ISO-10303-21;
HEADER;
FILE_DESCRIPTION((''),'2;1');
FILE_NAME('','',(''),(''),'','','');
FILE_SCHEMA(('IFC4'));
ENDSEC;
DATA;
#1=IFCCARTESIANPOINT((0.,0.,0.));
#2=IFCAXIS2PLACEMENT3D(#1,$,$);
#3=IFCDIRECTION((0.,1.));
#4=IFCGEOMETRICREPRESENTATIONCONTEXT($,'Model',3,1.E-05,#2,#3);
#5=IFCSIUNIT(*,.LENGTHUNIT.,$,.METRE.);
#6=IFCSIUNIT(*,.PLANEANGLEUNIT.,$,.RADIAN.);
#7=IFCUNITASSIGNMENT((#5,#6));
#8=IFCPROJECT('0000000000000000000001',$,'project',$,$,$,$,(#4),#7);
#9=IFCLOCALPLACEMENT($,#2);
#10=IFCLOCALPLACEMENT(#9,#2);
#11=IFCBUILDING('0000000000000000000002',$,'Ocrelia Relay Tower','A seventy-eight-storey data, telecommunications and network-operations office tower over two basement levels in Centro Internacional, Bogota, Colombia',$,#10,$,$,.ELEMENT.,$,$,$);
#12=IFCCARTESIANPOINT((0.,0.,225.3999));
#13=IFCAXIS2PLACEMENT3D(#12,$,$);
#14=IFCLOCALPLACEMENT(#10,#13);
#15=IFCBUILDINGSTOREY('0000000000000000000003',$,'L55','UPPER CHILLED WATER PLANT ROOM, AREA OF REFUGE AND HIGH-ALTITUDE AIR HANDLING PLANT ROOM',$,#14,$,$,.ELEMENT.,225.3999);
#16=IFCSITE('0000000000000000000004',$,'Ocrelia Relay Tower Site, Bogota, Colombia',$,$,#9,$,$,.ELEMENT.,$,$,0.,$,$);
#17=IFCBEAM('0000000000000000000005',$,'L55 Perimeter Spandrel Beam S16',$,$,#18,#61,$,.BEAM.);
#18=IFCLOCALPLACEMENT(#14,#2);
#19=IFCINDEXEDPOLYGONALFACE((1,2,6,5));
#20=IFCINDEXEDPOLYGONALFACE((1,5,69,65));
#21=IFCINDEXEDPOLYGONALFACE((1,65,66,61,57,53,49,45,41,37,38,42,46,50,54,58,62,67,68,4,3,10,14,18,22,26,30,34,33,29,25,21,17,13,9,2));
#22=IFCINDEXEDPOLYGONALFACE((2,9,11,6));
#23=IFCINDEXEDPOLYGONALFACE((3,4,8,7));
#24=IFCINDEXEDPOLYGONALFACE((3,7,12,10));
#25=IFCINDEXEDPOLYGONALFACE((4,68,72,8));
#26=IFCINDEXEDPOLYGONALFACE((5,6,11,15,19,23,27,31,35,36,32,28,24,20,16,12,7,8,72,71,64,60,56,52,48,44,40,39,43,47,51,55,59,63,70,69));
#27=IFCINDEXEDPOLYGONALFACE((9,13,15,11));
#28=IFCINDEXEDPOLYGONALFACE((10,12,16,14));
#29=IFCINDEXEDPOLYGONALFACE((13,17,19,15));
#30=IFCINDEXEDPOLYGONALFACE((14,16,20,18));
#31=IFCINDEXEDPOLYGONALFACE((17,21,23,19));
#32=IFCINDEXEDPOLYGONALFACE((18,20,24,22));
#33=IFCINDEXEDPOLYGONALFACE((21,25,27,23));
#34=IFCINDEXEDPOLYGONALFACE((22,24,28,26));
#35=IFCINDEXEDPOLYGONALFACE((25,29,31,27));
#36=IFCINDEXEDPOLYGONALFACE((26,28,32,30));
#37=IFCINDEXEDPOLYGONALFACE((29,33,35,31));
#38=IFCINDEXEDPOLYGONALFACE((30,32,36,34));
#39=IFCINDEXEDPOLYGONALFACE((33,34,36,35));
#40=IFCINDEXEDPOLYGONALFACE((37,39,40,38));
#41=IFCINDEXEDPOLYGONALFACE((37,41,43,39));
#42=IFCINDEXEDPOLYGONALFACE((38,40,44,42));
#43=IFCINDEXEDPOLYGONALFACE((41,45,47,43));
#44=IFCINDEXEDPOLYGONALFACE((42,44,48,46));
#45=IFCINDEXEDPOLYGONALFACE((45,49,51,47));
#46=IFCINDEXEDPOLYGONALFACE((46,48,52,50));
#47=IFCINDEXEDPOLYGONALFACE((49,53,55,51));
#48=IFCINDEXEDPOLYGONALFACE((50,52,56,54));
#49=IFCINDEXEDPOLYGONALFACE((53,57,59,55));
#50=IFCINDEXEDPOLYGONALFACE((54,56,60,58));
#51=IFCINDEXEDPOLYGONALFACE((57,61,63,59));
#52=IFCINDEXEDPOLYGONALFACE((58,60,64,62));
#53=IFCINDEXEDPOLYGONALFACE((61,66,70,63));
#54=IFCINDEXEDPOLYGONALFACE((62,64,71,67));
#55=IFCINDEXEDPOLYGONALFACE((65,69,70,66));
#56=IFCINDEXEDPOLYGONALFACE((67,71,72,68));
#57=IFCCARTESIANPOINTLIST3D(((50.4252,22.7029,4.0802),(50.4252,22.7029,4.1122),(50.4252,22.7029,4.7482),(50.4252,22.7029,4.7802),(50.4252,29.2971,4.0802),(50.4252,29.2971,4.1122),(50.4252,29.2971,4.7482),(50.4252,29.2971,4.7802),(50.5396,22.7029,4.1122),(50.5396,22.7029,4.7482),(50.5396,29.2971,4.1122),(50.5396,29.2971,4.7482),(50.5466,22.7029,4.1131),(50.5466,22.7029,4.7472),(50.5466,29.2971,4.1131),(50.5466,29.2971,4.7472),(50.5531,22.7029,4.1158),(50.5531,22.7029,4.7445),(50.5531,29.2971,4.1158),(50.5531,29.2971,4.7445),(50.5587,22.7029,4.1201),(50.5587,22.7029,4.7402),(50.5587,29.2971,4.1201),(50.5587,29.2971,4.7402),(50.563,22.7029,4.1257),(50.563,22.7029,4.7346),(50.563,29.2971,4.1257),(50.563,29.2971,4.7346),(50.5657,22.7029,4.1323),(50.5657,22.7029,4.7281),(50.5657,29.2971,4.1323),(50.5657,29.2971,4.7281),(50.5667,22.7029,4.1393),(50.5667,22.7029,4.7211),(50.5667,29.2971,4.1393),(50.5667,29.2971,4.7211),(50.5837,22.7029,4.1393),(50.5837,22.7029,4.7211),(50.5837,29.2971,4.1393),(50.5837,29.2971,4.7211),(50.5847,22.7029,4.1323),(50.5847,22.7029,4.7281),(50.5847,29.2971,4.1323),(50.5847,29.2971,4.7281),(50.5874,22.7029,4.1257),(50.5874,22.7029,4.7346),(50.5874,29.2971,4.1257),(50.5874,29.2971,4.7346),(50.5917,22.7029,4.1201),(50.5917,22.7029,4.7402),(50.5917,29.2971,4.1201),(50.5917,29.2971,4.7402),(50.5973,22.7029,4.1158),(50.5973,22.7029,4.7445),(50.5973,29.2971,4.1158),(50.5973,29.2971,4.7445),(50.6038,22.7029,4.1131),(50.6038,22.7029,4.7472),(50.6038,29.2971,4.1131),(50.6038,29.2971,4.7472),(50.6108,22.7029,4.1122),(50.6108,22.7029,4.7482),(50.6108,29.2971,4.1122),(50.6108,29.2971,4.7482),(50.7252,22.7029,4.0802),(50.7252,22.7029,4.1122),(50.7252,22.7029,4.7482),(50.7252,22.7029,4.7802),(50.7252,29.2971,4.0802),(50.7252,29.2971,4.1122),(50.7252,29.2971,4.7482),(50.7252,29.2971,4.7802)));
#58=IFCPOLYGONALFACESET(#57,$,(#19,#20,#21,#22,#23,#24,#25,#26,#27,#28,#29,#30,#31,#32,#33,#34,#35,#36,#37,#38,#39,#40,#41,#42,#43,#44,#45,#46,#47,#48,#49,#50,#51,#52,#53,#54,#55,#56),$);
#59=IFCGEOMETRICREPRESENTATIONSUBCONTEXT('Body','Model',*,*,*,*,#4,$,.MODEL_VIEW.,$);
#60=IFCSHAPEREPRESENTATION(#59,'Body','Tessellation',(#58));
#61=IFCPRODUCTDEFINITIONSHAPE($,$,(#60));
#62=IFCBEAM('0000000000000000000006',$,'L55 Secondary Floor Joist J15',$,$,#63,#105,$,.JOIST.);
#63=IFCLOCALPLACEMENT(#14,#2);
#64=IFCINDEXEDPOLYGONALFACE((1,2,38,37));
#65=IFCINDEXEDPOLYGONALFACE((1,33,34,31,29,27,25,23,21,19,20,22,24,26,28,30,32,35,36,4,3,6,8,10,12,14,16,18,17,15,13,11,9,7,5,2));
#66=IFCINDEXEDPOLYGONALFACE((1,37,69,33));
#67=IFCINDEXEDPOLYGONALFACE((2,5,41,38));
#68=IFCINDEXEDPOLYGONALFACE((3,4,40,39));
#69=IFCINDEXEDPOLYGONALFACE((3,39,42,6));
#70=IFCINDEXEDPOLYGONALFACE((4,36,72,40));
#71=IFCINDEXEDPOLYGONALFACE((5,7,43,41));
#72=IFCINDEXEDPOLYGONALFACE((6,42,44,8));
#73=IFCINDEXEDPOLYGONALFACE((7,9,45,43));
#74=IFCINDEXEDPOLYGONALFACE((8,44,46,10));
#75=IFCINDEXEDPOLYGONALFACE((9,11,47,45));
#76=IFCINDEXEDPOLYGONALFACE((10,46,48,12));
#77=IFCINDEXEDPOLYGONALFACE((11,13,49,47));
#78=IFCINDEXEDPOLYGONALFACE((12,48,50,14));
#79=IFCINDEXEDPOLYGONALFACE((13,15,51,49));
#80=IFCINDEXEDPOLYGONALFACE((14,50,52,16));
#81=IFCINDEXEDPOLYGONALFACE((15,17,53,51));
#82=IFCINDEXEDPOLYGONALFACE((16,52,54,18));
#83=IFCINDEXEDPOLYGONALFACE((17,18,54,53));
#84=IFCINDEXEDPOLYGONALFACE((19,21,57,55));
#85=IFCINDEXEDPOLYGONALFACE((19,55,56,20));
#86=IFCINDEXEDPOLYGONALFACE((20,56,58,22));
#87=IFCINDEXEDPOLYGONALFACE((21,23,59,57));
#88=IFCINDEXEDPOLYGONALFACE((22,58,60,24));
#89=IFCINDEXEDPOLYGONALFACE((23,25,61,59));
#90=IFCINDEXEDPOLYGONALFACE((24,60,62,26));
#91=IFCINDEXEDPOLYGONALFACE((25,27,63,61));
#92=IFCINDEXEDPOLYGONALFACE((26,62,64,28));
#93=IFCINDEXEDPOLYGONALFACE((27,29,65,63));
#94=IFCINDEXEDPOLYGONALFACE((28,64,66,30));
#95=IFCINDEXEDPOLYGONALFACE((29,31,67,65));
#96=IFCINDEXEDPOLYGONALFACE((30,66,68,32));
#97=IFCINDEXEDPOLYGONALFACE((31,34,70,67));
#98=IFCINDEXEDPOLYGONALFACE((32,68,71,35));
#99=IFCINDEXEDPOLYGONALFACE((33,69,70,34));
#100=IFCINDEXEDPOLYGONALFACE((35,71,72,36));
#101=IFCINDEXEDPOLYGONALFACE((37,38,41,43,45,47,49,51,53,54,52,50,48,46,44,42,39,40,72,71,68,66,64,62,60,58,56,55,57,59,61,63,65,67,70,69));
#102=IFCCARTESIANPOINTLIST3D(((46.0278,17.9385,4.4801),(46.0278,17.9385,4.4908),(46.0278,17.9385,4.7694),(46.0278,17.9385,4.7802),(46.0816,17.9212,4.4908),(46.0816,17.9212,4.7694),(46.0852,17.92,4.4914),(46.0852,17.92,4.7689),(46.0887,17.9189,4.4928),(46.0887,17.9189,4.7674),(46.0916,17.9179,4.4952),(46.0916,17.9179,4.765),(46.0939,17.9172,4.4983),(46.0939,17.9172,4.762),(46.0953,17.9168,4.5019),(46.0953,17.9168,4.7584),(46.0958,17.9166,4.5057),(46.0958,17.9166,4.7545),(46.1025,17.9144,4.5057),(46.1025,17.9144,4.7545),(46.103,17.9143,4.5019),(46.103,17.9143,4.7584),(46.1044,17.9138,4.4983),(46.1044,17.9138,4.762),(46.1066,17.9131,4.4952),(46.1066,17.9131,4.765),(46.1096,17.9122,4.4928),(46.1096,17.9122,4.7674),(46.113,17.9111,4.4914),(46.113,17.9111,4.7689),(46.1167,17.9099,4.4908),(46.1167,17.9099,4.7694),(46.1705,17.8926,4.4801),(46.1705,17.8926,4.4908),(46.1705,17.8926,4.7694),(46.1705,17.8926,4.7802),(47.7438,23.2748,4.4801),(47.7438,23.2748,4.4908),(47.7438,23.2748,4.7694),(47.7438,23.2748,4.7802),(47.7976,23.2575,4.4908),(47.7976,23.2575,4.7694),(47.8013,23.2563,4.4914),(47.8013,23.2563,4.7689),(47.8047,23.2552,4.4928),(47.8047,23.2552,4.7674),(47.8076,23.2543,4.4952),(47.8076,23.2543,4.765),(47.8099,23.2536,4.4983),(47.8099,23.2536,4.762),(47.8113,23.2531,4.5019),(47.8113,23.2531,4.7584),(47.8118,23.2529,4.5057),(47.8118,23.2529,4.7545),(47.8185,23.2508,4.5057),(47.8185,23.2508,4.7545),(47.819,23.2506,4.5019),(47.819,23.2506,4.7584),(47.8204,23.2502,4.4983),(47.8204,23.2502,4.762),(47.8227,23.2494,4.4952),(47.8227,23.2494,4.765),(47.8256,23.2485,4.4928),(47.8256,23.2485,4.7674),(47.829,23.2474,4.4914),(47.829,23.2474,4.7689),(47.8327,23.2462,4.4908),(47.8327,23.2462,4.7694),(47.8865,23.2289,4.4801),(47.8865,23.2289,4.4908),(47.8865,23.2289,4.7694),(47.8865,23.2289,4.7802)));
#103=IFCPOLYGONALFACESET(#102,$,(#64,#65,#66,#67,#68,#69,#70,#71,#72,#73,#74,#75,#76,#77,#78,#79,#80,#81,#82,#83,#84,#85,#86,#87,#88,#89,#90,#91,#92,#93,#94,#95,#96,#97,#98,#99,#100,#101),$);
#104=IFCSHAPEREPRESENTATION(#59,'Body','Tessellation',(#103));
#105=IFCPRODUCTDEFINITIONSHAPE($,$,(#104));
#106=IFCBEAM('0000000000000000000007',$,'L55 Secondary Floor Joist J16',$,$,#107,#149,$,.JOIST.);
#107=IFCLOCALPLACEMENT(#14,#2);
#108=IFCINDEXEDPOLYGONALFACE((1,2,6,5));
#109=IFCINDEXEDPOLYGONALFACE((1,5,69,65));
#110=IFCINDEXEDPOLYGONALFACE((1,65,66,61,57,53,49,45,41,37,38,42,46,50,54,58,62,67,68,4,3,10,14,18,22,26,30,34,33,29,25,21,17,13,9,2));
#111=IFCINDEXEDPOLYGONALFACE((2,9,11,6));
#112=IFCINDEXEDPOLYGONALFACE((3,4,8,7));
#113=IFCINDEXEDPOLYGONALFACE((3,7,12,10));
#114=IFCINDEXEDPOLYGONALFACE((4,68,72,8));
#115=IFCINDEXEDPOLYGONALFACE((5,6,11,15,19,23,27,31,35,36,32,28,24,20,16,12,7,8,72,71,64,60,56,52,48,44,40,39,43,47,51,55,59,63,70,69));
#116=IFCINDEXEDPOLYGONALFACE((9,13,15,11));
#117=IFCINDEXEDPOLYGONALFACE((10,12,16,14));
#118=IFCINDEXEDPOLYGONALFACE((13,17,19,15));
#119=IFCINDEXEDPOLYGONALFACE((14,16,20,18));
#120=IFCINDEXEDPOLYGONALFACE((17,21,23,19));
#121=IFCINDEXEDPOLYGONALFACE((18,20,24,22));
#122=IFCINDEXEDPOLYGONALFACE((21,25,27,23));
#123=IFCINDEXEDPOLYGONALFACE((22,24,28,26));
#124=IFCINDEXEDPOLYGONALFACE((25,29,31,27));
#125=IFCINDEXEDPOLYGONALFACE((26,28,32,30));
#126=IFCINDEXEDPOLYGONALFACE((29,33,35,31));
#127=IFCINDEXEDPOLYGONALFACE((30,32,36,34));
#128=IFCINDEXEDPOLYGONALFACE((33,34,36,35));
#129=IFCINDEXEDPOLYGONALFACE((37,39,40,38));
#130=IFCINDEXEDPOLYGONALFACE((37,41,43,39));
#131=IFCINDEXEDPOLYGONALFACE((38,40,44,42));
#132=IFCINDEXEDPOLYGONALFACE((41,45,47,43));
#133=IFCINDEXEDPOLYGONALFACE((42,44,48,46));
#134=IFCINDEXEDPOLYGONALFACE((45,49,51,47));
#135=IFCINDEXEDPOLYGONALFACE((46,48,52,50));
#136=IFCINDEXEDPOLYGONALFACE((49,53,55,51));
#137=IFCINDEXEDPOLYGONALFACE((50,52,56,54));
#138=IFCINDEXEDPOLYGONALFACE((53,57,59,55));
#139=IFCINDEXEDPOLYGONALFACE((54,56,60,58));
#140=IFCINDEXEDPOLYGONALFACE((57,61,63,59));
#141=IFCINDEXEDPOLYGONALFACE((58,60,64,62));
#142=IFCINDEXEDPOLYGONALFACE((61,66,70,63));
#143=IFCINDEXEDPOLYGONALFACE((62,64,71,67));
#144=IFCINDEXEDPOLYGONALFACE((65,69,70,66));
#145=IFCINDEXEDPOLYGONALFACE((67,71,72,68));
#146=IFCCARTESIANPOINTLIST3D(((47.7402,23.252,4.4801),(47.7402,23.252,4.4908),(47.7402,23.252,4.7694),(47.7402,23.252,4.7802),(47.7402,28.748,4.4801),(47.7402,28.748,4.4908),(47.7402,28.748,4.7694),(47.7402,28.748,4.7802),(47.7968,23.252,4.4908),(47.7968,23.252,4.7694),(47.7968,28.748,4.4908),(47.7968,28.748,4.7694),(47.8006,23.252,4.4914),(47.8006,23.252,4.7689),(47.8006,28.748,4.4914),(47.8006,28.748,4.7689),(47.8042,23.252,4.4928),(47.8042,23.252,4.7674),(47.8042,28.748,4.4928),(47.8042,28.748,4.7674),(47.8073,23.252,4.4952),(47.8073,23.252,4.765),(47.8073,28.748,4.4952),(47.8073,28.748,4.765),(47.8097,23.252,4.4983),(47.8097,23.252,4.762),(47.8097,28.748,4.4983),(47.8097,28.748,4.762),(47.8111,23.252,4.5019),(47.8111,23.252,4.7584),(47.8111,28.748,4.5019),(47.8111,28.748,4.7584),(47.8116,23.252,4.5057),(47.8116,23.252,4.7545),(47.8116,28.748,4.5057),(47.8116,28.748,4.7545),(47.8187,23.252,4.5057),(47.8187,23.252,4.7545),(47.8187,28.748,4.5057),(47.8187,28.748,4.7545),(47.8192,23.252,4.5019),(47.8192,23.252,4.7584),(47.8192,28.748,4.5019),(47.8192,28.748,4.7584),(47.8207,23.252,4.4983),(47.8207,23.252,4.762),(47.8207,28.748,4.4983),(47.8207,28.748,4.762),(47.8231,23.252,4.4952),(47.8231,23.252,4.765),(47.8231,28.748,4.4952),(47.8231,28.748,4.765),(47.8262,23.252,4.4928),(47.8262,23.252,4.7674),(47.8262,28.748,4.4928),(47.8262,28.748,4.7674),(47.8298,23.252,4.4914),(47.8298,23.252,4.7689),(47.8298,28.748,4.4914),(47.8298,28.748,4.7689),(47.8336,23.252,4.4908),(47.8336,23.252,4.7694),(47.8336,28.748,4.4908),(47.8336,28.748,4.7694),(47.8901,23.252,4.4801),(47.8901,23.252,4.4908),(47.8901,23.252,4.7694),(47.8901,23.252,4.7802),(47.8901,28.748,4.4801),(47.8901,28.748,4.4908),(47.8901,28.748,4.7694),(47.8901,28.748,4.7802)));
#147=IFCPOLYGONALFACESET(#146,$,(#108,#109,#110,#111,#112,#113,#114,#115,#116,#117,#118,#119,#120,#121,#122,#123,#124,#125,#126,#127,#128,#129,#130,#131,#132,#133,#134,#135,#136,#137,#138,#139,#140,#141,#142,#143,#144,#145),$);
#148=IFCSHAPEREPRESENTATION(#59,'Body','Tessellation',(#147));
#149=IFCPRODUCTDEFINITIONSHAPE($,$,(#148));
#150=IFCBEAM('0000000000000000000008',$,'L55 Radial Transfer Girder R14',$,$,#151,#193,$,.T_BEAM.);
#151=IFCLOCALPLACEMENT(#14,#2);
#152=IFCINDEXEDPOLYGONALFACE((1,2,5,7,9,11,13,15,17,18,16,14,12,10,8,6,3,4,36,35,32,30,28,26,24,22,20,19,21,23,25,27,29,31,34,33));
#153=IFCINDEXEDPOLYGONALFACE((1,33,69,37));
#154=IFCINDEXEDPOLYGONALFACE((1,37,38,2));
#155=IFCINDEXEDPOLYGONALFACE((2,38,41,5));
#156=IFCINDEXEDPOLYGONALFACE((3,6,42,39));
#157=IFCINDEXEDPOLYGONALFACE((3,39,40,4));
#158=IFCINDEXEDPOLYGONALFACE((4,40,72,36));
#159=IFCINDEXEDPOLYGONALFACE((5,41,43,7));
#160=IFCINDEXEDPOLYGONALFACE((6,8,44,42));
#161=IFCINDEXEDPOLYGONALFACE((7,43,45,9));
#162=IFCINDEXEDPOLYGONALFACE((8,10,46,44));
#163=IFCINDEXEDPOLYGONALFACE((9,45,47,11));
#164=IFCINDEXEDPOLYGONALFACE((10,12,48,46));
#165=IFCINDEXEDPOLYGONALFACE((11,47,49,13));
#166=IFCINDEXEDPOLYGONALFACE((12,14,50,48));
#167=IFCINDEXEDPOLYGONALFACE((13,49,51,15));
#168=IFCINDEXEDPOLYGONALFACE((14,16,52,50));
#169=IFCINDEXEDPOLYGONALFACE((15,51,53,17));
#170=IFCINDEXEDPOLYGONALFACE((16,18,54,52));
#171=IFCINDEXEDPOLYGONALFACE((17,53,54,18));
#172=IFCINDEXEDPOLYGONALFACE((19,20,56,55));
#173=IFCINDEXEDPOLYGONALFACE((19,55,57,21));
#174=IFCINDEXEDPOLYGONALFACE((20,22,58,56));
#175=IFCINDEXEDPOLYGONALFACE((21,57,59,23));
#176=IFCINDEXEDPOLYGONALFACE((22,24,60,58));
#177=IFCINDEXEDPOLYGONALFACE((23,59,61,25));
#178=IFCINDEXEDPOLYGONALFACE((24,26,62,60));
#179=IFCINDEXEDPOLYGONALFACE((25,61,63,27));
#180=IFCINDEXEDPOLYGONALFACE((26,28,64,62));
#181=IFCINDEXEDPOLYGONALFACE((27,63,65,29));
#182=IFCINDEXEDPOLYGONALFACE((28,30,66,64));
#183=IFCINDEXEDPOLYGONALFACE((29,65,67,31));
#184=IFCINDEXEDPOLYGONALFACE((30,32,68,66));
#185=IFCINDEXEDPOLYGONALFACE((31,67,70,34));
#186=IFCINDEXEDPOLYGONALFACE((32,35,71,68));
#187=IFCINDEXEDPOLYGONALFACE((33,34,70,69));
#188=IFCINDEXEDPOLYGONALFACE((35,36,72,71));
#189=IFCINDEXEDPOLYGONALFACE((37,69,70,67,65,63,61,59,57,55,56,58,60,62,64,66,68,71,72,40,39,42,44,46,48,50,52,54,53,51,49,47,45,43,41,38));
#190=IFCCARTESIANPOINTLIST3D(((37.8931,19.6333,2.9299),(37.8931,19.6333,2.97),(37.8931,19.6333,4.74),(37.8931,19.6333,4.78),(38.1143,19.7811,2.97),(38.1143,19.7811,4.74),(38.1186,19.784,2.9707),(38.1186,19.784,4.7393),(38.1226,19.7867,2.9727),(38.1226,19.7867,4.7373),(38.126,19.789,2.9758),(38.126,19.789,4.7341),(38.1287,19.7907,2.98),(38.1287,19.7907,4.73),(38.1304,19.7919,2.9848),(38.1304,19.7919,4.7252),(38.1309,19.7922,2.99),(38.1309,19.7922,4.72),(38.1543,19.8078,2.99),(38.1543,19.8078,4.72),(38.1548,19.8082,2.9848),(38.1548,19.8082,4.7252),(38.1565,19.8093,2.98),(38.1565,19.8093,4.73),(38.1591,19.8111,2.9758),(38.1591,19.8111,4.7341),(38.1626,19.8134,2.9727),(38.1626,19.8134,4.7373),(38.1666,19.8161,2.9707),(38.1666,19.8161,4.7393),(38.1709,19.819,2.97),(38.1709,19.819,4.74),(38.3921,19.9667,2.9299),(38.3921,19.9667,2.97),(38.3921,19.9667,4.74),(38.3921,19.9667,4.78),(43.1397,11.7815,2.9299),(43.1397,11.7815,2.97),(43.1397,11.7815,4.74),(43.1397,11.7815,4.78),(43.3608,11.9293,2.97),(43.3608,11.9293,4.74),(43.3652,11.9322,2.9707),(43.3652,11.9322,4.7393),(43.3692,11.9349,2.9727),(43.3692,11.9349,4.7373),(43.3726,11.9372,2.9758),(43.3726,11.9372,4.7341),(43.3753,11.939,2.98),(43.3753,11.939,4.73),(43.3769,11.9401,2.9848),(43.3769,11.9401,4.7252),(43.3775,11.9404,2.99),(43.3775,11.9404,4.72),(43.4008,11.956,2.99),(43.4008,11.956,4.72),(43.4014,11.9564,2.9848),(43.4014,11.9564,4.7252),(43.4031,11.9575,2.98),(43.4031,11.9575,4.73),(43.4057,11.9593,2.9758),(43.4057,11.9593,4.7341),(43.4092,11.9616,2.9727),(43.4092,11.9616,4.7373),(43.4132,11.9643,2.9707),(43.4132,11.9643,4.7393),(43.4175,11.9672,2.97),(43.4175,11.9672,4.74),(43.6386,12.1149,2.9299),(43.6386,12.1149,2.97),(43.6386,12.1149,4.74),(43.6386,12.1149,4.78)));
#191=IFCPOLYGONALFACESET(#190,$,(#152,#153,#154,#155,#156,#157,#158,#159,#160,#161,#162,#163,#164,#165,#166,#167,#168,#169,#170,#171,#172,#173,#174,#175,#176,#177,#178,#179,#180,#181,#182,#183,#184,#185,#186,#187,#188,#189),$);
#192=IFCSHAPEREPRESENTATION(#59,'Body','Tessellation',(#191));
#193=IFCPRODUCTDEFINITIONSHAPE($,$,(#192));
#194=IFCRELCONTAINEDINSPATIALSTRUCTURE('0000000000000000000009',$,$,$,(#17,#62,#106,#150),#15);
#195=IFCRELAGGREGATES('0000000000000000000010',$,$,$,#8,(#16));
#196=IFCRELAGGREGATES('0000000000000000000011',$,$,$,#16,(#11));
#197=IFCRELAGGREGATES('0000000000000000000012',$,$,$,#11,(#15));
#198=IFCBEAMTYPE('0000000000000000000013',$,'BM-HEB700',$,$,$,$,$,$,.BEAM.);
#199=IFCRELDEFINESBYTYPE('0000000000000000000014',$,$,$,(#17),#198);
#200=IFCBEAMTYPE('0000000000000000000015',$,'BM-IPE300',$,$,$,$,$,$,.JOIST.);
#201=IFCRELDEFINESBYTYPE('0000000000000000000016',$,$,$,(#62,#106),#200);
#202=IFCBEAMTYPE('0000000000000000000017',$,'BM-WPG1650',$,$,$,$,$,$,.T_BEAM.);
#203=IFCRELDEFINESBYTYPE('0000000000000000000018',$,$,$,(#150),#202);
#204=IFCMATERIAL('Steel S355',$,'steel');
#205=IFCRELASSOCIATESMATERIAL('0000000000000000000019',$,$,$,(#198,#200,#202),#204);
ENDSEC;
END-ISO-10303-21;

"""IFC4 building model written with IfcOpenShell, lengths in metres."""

from ifc_helpers import new_model, si_unit, direction, frame, origin, origin_2d, place, context, subcontext, project, spatial, i_section, extrude, material, material_profile, profile_set, type_object, element, save


model = new_model("IFC4")

# Units and contexts
model_context = context("Model", 3, precision=1e-05, world=origin(), true_north=direction((0.0, 1.0)))
body_context = subcontext(model_context, "Body", "Model", "MODEL_VIEW")
ifc_project = project(units=[si_unit("LENGTHUNIT", "METRE"), si_unit("PLANEANGLEUNIT", "RADIAN")], contexts=[model_context])

# Site, building, storey
site_placement = place(None, origin())
site = spatial("IfcSite", under=ifc_project, at=site_placement, Name="Ocrelia Relay Tower Site, Bogota, Colombia", CompositionType="ELEMENT", RefElevation=0.0)
building_placement = place(site_placement, origin())
building = spatial("IfcBuilding", under=site, at=building_placement, Name="Ocrelia Relay Tower", Description="A seventy-eight-storey data, telecommunications and network-operations office tower over two basement levels in Centro Internacional, Bogota, Colombia", CompositionType="ELEMENT")
storey_placement = place(building_placement, frame((0.0, 0.0, 225.3999)))
storey = spatial("IfcBuildingStorey", under=building, at=storey_placement, Name="L55", Description="UPPER CHILLED WATER PLANT ROOM, AREA OF REFUGE AND HIGH-ALTITUDE AIR HANDLING PLANT ROOM", CompositionType="ELEMENT", Elevation=225.3999)

# Beams
ifc_material_1 = material(Name="Steel S355", Category="steel")
ifc_material_profile_1 = material_profile(ifc_material_1, i_section(OverallWidth=0.3, OverallDepth=0.7, WebThickness=0.0171, FlangeThickness=0.032, FilletRadius=0.0271, at=origin_2d()), Name="HEB 700")
ifc_profile_set_1 = profile_set([ifc_material_profile_1], Name="Steel S355")
beam_type_1 = type_object("IfcBeamType", Name="BM-HEB700", PredefinedType="BEAM", material=ifc_profile_set_1)
beam_1_placement = place(storey_placement, frame((50.5752, 22.7029, 4.4302), z_axis=(0.0, 1.0, 0.0), x_axis=(-1.0, 0.0, 0.0)))
element("IfcBeam", 1, at=beam_1_placement, inside=storey, type_object=beam_type_1, Name="L55 Perimeter Spandrel Beam S16", PredefinedType="BEAM", context=body_context, shape_type="SweptSolid", body=[
    extrude(i_section(OverallWidth=0.3, OverallDepth=0.7, WebThickness=0.0171, FlangeThickness=0.032, FilletRadius=0.0271, at=origin_2d()), origin(), (0.0, 0.0, 1.0), 6.5942),
])
ifc_material_profile_2 = material_profile(ifc_material_1, i_section(OverallWidth=0.1499, OverallDepth=0.3, WebThickness=0.0071, FlangeThickness=0.0107, FilletRadius=0.0149, at=origin_2d()), Name="IPE 300")
ifc_profile_set_2 = profile_set([ifc_material_profile_2], Name="Steel S355")
beam_type_2 = type_object("IfcBeamType", Name="BM-IPE300", PredefinedType="JOIST", material=ifc_profile_set_2)
beam_2_placement = place(storey_placement, frame((46.0991, 17.9155, 4.6301), z_axis=(0.306136, 0.951988, 0.0), x_axis=(-0.951988, 0.306136, 0.0)))
element("IfcBeam", 2, at=beam_2_placement, inside=storey, type_object=beam_type_2, Name="L55 Secondary Floor Joist J15", PredefinedType="JOIST", context=body_context, shape_type="SweptSolid", body=[
    extrude(i_section(OverallWidth=0.1499, OverallDepth=0.3, WebThickness=0.0071, FlangeThickness=0.0107, FilletRadius=0.0149, at=origin_2d()), origin(), (0.0, 0.0, 1.0), 5.6055),
])
beam_3_placement = place(storey_placement, frame((47.8152, 23.252, 4.6301), z_axis=(0.0, 1.0, 0.0), x_axis=(-1.0, 0.0, 0.0)))
element("IfcBeam", 3, at=beam_3_placement, inside=storey, type_object=beam_type_2, Name="L55 Secondary Floor Joist J16", PredefinedType="JOIST", context=body_context, shape_type="SweptSolid", body=[
    extrude(i_section(OverallWidth=0.1499, OverallDepth=0.3, WebThickness=0.0071, FlangeThickness=0.0107, FilletRadius=0.0149, at=origin_2d()), origin(), (0.0, 0.0, 1.0), 5.4961),
])
ifc_material_profile_3 = material_profile(ifc_material_1, i_section(OverallWidth=0.6001, OverallDepth=1.8501, WebThickness=0.0281, FlangeThickness=0.04, FilletRadius=0.02, at=origin_2d()), Name="WPG 1850x600")
ifc_profile_set_3 = profile_set([ifc_material_profile_3], Name="Steel S355")
beam_type_3 = type_object("IfcBeamType", Name="BM-WPG1650", PredefinedType="T_BEAM", material=ifc_profile_set_3)
beam_4_placement = place(storey_placement, frame((43.3892, 11.9482, 3.855), z_axis=(-0.555583, 0.831461, 0.0), x_axis=(-0.831461, -0.555583, 0.0)))
element("IfcBeam", 4, at=beam_4_placement, inside=storey, type_object=beam_type_3, Name="L55 Radial Transfer Girder R14", PredefinedType="T_BEAM", context=body_context, shape_type="SweptSolid", body=[
    extrude(i_section(OverallWidth=0.6001, OverallDepth=1.8501, WebThickness=0.0281, FlangeThickness=0.04, FilletRadius=0.02, at=origin_2d()), origin(), (0.0, 0.0, 1.0), 9.4434),
])

save(model, "model.ifc")
